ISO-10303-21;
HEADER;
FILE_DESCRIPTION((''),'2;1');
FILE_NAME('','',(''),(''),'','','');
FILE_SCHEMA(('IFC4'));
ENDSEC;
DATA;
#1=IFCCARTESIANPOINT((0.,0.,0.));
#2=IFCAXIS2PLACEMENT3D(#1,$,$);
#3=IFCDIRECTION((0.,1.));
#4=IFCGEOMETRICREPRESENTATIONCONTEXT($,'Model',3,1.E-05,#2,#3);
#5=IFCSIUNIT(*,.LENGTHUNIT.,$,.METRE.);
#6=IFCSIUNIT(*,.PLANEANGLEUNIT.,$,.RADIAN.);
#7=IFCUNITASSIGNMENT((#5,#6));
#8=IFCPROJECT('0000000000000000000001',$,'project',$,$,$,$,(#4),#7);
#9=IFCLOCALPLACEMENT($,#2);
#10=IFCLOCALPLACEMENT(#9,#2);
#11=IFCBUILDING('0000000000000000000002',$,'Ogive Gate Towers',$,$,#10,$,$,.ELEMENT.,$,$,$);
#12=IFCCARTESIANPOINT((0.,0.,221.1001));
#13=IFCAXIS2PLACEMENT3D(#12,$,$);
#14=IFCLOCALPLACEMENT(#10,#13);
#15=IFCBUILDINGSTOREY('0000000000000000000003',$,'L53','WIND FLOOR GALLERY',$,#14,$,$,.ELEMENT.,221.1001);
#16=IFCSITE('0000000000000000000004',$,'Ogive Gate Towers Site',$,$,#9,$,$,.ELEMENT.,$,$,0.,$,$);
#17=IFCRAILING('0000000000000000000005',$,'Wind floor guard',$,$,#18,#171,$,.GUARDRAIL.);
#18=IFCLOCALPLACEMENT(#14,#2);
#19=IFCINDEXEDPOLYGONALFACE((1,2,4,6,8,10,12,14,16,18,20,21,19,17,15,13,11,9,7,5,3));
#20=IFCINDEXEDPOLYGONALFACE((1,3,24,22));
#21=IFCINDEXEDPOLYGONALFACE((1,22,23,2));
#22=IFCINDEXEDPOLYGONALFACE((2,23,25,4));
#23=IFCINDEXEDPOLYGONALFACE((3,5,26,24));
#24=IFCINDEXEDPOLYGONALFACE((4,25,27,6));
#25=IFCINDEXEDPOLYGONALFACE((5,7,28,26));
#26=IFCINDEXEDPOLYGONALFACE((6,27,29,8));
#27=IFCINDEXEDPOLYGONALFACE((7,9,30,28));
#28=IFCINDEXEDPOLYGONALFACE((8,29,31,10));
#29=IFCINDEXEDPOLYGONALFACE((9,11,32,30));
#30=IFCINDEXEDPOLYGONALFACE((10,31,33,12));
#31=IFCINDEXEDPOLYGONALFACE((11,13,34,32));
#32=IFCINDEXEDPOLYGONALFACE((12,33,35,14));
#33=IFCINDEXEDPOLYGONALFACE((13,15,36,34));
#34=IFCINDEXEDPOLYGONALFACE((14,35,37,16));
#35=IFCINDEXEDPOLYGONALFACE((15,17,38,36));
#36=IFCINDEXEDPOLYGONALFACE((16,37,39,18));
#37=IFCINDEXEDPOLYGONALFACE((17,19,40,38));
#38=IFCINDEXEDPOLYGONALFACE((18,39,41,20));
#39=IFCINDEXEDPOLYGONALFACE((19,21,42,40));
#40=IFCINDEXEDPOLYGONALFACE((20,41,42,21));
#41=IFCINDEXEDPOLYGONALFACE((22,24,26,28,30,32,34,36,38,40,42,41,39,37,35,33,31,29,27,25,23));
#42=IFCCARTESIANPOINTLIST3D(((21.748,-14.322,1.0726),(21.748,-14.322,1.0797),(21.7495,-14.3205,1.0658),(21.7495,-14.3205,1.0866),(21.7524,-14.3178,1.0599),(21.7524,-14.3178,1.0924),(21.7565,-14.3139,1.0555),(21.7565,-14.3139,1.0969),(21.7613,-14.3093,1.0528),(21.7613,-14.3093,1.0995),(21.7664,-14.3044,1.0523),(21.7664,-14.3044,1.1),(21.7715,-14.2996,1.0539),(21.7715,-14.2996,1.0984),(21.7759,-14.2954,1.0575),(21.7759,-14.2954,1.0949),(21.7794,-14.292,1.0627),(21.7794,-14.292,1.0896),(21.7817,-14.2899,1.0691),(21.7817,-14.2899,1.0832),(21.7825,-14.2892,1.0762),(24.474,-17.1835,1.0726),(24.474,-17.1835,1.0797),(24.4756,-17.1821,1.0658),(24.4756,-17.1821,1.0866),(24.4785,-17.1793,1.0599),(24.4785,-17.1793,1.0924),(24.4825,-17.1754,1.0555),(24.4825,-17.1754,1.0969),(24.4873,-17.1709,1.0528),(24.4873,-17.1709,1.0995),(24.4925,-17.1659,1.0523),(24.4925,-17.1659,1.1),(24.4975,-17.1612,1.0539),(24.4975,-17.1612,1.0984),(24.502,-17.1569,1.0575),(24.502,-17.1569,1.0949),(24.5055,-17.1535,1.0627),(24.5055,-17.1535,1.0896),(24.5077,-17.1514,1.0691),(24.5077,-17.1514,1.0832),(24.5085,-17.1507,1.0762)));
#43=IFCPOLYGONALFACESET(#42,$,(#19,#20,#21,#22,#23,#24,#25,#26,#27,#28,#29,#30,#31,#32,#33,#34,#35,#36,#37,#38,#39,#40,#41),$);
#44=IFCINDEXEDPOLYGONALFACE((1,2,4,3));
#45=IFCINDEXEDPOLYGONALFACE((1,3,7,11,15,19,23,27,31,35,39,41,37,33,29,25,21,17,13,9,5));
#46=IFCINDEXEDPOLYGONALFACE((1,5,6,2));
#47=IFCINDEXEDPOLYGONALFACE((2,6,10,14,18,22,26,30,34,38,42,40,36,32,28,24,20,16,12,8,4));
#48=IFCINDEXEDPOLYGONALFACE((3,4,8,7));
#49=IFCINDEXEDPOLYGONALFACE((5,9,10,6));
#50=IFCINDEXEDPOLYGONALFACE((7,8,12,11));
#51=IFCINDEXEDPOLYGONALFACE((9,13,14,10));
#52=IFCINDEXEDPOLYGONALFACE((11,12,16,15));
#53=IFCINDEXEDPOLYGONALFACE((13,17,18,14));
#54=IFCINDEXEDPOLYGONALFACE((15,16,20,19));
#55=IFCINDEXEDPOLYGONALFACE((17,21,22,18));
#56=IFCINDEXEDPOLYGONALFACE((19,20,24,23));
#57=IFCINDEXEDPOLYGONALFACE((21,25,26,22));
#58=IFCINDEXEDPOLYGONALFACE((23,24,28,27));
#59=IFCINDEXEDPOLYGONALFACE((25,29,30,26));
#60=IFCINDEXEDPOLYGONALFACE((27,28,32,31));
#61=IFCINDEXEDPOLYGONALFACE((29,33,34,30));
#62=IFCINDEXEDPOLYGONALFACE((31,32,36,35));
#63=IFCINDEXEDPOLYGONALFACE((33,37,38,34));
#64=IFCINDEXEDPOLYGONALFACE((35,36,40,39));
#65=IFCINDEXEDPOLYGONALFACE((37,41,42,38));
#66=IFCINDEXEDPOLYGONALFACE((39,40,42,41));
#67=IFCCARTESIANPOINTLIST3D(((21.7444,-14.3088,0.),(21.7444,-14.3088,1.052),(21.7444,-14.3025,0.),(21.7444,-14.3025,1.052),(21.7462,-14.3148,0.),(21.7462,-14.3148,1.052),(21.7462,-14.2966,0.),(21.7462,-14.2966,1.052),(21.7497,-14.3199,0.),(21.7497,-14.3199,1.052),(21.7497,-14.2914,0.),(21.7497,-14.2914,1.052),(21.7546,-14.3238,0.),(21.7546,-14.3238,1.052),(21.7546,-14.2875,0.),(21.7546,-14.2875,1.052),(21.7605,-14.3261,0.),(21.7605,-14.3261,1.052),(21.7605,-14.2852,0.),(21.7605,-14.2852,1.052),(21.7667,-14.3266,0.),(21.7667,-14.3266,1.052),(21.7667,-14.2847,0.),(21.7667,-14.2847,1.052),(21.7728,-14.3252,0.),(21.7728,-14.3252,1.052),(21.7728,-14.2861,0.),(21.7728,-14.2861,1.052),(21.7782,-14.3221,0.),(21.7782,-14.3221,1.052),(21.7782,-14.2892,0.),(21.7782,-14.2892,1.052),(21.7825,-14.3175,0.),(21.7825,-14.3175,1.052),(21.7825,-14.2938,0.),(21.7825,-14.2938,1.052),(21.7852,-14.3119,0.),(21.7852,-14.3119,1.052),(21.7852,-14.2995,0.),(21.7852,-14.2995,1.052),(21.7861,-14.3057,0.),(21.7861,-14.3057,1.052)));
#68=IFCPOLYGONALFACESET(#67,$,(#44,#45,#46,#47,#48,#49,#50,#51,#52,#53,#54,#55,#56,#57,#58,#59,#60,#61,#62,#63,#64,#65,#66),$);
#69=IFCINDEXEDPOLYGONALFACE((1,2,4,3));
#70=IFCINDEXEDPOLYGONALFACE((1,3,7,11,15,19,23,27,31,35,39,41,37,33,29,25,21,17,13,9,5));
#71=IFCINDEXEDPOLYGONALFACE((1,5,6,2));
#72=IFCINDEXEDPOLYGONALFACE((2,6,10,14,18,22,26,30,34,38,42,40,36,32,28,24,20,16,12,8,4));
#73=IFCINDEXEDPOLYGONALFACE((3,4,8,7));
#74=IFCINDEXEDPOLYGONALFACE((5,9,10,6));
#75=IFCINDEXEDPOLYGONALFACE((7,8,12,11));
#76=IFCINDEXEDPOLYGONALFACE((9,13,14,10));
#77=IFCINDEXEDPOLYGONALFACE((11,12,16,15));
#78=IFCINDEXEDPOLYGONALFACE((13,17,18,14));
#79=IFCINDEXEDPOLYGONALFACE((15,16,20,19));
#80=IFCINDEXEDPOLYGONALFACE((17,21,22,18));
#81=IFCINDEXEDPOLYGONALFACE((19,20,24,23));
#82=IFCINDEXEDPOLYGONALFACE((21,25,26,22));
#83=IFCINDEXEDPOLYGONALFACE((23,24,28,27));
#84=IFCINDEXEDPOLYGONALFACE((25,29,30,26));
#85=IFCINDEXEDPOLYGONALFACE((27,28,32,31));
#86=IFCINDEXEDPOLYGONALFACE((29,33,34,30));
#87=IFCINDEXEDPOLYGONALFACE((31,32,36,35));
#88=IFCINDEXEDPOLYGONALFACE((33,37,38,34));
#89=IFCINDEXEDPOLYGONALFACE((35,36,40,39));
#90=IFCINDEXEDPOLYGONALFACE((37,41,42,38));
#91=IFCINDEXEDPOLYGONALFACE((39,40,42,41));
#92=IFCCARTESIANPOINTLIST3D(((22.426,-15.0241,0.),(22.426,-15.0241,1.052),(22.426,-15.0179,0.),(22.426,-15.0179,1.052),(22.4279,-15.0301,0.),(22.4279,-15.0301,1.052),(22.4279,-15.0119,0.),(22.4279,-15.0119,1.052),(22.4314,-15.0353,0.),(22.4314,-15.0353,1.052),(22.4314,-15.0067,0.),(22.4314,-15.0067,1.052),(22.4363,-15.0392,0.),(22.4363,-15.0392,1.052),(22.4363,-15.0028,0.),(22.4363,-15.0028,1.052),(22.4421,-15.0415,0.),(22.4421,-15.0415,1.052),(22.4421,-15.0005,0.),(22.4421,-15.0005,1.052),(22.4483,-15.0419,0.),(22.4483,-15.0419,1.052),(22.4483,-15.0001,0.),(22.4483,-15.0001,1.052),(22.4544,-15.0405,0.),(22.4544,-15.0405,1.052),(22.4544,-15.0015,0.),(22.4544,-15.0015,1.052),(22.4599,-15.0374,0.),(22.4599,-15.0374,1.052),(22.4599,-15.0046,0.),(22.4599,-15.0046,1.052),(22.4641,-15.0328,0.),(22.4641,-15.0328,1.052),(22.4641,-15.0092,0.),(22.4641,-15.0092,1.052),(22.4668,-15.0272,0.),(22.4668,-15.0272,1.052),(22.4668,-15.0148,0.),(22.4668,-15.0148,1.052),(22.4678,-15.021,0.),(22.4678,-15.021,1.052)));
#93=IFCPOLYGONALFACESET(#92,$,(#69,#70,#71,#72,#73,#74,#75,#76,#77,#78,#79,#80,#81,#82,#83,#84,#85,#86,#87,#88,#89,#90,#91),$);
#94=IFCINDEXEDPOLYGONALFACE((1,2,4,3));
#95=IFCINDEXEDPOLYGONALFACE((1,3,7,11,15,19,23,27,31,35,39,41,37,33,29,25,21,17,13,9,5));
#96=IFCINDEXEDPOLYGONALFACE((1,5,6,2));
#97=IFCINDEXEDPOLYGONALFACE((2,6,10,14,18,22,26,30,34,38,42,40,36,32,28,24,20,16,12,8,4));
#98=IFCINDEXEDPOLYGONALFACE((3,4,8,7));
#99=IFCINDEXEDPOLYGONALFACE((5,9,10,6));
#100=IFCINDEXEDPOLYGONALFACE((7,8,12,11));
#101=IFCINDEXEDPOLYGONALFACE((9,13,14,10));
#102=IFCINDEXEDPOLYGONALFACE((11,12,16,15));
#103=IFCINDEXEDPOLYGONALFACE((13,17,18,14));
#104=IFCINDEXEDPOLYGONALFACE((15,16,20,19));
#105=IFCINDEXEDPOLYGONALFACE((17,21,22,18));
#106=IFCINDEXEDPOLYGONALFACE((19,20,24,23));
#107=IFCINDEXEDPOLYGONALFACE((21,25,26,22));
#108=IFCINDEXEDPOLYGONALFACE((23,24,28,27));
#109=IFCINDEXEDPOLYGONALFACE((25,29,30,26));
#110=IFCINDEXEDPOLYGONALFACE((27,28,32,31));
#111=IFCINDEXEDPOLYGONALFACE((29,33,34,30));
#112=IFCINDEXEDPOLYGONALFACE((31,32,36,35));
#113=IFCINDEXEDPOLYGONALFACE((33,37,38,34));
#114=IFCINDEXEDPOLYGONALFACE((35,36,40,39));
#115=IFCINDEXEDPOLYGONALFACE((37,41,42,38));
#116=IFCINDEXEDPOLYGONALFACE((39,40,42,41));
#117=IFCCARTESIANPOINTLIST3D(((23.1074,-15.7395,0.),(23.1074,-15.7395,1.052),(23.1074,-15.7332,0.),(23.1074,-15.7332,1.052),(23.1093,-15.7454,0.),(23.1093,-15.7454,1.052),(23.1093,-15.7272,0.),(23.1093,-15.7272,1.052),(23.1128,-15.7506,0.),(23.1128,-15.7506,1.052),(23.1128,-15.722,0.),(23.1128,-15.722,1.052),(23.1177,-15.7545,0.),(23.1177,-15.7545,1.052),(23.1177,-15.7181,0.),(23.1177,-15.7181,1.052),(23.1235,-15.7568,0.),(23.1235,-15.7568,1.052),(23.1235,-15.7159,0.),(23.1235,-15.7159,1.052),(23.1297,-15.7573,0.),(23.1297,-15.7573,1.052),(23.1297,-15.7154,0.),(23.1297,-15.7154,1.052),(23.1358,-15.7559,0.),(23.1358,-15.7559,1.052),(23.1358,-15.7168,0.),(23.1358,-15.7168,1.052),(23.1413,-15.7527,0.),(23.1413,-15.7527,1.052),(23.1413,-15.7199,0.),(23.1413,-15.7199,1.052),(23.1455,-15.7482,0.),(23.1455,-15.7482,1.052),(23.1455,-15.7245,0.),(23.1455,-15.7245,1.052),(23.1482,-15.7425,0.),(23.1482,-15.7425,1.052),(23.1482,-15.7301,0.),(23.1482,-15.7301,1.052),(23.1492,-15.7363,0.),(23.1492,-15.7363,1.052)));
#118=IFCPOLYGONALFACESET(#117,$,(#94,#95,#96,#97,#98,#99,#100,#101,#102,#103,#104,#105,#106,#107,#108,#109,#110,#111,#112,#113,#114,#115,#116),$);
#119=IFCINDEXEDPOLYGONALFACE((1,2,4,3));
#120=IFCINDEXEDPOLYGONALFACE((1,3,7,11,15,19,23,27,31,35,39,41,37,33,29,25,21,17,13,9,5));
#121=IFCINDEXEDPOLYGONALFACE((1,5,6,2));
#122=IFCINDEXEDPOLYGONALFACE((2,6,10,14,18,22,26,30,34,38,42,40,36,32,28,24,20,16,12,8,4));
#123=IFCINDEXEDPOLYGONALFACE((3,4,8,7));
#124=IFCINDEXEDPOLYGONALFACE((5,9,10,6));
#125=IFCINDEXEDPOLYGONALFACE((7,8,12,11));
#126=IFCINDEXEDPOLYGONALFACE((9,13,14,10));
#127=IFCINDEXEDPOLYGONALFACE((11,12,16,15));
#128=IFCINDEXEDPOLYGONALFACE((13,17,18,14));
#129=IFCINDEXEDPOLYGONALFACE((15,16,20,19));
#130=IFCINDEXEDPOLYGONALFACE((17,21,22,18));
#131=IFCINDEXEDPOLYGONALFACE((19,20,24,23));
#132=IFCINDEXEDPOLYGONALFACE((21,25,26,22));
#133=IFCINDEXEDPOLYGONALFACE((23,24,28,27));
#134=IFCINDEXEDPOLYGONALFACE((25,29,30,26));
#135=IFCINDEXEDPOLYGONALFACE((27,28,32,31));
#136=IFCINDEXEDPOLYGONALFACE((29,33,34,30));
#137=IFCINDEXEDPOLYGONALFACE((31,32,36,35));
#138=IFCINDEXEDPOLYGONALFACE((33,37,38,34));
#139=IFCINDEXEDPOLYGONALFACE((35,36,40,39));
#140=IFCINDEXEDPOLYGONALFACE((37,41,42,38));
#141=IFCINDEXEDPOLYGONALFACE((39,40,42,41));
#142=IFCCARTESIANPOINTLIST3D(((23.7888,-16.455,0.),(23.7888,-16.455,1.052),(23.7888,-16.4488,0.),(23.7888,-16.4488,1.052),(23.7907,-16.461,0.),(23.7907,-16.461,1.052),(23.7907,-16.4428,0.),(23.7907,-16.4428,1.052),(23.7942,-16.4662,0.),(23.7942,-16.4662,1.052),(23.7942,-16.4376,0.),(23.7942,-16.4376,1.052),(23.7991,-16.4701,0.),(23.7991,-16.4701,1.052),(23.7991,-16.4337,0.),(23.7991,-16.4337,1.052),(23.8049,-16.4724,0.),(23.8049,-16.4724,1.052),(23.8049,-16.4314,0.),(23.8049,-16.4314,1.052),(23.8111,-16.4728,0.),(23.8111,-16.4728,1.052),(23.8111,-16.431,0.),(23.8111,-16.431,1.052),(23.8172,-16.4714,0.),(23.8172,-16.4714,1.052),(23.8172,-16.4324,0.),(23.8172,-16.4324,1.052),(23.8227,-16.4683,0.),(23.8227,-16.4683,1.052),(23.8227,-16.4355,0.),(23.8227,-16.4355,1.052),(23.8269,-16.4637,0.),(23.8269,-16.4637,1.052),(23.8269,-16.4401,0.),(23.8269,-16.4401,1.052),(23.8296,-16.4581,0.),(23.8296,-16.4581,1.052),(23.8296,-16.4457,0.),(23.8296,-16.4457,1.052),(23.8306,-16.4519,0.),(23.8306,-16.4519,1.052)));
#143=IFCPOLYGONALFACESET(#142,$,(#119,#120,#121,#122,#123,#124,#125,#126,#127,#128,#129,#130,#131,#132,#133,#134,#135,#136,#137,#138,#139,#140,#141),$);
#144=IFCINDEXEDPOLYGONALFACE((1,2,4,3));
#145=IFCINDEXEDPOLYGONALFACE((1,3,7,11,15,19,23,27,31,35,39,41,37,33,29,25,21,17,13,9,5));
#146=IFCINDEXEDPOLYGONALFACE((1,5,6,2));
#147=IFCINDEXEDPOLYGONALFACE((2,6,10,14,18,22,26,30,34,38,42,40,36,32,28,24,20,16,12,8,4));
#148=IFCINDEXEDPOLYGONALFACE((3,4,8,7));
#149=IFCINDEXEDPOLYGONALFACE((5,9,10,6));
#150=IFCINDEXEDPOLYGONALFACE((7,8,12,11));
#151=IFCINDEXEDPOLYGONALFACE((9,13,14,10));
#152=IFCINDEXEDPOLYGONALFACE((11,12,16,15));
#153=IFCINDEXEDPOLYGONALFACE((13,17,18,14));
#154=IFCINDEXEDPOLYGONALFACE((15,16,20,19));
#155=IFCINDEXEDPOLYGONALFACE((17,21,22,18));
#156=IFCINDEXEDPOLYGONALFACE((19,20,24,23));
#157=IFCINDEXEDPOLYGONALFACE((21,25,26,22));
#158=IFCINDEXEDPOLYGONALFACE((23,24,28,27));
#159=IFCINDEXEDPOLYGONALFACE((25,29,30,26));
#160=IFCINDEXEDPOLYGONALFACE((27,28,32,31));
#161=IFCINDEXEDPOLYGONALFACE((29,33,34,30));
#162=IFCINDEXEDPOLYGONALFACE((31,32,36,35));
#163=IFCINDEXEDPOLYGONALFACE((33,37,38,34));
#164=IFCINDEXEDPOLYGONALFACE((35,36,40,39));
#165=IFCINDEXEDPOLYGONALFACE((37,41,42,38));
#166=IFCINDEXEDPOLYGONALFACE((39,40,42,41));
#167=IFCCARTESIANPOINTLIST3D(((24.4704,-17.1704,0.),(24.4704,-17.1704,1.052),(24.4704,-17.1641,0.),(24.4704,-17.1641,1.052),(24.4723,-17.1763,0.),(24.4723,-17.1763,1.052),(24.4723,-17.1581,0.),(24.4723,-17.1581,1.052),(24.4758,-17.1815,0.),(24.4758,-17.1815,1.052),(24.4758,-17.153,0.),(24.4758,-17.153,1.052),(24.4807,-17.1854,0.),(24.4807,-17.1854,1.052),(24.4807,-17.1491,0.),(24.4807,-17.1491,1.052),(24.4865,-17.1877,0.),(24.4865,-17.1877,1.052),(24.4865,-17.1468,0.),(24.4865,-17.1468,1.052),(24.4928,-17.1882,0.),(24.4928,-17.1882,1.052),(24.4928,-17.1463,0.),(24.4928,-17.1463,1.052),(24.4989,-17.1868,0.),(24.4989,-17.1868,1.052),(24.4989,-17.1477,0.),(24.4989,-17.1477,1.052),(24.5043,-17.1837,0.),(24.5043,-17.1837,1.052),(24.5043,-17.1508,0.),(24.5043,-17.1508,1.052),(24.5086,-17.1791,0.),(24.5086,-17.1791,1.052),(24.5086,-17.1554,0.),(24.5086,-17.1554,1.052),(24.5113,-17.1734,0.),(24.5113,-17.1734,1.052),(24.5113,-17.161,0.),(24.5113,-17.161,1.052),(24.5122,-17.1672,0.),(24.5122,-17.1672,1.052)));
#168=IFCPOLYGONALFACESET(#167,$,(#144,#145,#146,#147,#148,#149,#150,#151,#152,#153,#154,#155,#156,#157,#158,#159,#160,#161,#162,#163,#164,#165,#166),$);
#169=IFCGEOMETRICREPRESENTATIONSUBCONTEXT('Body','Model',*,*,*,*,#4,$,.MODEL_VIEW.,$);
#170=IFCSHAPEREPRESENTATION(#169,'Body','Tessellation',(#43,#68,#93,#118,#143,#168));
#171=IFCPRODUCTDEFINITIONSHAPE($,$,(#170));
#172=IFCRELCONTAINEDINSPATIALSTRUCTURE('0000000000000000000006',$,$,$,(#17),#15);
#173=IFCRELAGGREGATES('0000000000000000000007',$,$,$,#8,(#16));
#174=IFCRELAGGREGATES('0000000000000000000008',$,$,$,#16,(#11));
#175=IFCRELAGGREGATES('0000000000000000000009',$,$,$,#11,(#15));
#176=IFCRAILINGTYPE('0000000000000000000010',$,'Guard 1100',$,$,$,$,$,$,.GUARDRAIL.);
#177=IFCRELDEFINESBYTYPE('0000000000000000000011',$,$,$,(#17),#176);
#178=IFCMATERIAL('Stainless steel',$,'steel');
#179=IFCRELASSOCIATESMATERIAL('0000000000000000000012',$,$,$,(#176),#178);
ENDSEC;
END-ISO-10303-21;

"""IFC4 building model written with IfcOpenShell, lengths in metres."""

from ifc_helpers import new_model, si_unit, direction, frame, origin, origin_2d, place, context, subcontext, project, spatial, circle, extrude, material, type_object, element, save


model = new_model("IFC4")

# Units and contexts
model_context = context("Model", 3, precision=1e-05, world=origin(), true_north=direction((0.0, 1.0)))
body_context = subcontext(model_context, "Body", "Model", "MODEL_VIEW")
ifc_project = project(units=[si_unit("LENGTHUNIT", "METRE"), si_unit("PLANEANGLEUNIT", "RADIAN")], contexts=[model_context])

# Site, building, storey
site_placement = place(None, origin())
site = spatial("IfcSite", under=ifc_project, at=site_placement, Name="Ogive Gate Towers Site", CompositionType="ELEMENT", RefElevation=0.0)
building_placement = place(site_placement, origin())
building = spatial("IfcBuilding", under=site, at=building_placement, Name="Ogive Gate Towers", CompositionType="ELEMENT")
storey_placement = place(building_placement, frame((0.0, 0.0, 221.1001)))
storey = spatial("IfcBuildingStorey", under=building, at=storey_placement, Name="L53", Description="WIND FLOOR GALLERY", CompositionType="ELEMENT", Elevation=221.1001)

# Railing
ifc_material_1 = material(Name="Stainless steel", Category="steel")
railing_type = type_object("IfcRailingType", Name="Guard 1100", PredefinedType="GUARDRAIL", material=ifc_material_1)
railing_1_placement = place(storey_placement, frame((21.7651, -14.3057, 0.0)))
element("IfcRailing", 1, at=railing_1_placement, inside=storey, type_object=railing_type, Name="Wind floor guard", PredefinedType="GUARDRAIL", context=body_context, shape_type="SweptSolid", body=[
    extrude(circle(Radius=0.0239, at=origin_2d()), frame((0.0, 0.0, 1.0762), z_axis=(0.689757, -0.724041, 0.0), x_axis=(0.724041, 0.689757, 0.0)), (0.0, 0.0, 1.0), 3.9521),
    extrude(circle(Radius=0.021, at=origin_2d()), origin(), (0.0, 0.0, 1.0), 1.052),
    extrude(circle(Radius=0.021, at=origin_2d()), frame((0.6816, -0.7153, 0.0)), (0.0, 0.0, 1.0), 1.052),
    extrude(circle(Radius=0.021, at=origin_2d()), frame((1.363, -1.4307, 0.0)), (0.0, 0.0, 1.0), 1.052),
    extrude(circle(Radius=0.021, at=origin_2d()), frame((2.0444, -2.1462, 0.0)), (0.0, 0.0, 1.0), 1.052),
    extrude(circle(Radius=0.021, at=origin_2d()), frame((2.7261, -2.8616, 0.0)), (0.0, 0.0, 1.0), 1.052),
])

save(model, "model.ifc")
